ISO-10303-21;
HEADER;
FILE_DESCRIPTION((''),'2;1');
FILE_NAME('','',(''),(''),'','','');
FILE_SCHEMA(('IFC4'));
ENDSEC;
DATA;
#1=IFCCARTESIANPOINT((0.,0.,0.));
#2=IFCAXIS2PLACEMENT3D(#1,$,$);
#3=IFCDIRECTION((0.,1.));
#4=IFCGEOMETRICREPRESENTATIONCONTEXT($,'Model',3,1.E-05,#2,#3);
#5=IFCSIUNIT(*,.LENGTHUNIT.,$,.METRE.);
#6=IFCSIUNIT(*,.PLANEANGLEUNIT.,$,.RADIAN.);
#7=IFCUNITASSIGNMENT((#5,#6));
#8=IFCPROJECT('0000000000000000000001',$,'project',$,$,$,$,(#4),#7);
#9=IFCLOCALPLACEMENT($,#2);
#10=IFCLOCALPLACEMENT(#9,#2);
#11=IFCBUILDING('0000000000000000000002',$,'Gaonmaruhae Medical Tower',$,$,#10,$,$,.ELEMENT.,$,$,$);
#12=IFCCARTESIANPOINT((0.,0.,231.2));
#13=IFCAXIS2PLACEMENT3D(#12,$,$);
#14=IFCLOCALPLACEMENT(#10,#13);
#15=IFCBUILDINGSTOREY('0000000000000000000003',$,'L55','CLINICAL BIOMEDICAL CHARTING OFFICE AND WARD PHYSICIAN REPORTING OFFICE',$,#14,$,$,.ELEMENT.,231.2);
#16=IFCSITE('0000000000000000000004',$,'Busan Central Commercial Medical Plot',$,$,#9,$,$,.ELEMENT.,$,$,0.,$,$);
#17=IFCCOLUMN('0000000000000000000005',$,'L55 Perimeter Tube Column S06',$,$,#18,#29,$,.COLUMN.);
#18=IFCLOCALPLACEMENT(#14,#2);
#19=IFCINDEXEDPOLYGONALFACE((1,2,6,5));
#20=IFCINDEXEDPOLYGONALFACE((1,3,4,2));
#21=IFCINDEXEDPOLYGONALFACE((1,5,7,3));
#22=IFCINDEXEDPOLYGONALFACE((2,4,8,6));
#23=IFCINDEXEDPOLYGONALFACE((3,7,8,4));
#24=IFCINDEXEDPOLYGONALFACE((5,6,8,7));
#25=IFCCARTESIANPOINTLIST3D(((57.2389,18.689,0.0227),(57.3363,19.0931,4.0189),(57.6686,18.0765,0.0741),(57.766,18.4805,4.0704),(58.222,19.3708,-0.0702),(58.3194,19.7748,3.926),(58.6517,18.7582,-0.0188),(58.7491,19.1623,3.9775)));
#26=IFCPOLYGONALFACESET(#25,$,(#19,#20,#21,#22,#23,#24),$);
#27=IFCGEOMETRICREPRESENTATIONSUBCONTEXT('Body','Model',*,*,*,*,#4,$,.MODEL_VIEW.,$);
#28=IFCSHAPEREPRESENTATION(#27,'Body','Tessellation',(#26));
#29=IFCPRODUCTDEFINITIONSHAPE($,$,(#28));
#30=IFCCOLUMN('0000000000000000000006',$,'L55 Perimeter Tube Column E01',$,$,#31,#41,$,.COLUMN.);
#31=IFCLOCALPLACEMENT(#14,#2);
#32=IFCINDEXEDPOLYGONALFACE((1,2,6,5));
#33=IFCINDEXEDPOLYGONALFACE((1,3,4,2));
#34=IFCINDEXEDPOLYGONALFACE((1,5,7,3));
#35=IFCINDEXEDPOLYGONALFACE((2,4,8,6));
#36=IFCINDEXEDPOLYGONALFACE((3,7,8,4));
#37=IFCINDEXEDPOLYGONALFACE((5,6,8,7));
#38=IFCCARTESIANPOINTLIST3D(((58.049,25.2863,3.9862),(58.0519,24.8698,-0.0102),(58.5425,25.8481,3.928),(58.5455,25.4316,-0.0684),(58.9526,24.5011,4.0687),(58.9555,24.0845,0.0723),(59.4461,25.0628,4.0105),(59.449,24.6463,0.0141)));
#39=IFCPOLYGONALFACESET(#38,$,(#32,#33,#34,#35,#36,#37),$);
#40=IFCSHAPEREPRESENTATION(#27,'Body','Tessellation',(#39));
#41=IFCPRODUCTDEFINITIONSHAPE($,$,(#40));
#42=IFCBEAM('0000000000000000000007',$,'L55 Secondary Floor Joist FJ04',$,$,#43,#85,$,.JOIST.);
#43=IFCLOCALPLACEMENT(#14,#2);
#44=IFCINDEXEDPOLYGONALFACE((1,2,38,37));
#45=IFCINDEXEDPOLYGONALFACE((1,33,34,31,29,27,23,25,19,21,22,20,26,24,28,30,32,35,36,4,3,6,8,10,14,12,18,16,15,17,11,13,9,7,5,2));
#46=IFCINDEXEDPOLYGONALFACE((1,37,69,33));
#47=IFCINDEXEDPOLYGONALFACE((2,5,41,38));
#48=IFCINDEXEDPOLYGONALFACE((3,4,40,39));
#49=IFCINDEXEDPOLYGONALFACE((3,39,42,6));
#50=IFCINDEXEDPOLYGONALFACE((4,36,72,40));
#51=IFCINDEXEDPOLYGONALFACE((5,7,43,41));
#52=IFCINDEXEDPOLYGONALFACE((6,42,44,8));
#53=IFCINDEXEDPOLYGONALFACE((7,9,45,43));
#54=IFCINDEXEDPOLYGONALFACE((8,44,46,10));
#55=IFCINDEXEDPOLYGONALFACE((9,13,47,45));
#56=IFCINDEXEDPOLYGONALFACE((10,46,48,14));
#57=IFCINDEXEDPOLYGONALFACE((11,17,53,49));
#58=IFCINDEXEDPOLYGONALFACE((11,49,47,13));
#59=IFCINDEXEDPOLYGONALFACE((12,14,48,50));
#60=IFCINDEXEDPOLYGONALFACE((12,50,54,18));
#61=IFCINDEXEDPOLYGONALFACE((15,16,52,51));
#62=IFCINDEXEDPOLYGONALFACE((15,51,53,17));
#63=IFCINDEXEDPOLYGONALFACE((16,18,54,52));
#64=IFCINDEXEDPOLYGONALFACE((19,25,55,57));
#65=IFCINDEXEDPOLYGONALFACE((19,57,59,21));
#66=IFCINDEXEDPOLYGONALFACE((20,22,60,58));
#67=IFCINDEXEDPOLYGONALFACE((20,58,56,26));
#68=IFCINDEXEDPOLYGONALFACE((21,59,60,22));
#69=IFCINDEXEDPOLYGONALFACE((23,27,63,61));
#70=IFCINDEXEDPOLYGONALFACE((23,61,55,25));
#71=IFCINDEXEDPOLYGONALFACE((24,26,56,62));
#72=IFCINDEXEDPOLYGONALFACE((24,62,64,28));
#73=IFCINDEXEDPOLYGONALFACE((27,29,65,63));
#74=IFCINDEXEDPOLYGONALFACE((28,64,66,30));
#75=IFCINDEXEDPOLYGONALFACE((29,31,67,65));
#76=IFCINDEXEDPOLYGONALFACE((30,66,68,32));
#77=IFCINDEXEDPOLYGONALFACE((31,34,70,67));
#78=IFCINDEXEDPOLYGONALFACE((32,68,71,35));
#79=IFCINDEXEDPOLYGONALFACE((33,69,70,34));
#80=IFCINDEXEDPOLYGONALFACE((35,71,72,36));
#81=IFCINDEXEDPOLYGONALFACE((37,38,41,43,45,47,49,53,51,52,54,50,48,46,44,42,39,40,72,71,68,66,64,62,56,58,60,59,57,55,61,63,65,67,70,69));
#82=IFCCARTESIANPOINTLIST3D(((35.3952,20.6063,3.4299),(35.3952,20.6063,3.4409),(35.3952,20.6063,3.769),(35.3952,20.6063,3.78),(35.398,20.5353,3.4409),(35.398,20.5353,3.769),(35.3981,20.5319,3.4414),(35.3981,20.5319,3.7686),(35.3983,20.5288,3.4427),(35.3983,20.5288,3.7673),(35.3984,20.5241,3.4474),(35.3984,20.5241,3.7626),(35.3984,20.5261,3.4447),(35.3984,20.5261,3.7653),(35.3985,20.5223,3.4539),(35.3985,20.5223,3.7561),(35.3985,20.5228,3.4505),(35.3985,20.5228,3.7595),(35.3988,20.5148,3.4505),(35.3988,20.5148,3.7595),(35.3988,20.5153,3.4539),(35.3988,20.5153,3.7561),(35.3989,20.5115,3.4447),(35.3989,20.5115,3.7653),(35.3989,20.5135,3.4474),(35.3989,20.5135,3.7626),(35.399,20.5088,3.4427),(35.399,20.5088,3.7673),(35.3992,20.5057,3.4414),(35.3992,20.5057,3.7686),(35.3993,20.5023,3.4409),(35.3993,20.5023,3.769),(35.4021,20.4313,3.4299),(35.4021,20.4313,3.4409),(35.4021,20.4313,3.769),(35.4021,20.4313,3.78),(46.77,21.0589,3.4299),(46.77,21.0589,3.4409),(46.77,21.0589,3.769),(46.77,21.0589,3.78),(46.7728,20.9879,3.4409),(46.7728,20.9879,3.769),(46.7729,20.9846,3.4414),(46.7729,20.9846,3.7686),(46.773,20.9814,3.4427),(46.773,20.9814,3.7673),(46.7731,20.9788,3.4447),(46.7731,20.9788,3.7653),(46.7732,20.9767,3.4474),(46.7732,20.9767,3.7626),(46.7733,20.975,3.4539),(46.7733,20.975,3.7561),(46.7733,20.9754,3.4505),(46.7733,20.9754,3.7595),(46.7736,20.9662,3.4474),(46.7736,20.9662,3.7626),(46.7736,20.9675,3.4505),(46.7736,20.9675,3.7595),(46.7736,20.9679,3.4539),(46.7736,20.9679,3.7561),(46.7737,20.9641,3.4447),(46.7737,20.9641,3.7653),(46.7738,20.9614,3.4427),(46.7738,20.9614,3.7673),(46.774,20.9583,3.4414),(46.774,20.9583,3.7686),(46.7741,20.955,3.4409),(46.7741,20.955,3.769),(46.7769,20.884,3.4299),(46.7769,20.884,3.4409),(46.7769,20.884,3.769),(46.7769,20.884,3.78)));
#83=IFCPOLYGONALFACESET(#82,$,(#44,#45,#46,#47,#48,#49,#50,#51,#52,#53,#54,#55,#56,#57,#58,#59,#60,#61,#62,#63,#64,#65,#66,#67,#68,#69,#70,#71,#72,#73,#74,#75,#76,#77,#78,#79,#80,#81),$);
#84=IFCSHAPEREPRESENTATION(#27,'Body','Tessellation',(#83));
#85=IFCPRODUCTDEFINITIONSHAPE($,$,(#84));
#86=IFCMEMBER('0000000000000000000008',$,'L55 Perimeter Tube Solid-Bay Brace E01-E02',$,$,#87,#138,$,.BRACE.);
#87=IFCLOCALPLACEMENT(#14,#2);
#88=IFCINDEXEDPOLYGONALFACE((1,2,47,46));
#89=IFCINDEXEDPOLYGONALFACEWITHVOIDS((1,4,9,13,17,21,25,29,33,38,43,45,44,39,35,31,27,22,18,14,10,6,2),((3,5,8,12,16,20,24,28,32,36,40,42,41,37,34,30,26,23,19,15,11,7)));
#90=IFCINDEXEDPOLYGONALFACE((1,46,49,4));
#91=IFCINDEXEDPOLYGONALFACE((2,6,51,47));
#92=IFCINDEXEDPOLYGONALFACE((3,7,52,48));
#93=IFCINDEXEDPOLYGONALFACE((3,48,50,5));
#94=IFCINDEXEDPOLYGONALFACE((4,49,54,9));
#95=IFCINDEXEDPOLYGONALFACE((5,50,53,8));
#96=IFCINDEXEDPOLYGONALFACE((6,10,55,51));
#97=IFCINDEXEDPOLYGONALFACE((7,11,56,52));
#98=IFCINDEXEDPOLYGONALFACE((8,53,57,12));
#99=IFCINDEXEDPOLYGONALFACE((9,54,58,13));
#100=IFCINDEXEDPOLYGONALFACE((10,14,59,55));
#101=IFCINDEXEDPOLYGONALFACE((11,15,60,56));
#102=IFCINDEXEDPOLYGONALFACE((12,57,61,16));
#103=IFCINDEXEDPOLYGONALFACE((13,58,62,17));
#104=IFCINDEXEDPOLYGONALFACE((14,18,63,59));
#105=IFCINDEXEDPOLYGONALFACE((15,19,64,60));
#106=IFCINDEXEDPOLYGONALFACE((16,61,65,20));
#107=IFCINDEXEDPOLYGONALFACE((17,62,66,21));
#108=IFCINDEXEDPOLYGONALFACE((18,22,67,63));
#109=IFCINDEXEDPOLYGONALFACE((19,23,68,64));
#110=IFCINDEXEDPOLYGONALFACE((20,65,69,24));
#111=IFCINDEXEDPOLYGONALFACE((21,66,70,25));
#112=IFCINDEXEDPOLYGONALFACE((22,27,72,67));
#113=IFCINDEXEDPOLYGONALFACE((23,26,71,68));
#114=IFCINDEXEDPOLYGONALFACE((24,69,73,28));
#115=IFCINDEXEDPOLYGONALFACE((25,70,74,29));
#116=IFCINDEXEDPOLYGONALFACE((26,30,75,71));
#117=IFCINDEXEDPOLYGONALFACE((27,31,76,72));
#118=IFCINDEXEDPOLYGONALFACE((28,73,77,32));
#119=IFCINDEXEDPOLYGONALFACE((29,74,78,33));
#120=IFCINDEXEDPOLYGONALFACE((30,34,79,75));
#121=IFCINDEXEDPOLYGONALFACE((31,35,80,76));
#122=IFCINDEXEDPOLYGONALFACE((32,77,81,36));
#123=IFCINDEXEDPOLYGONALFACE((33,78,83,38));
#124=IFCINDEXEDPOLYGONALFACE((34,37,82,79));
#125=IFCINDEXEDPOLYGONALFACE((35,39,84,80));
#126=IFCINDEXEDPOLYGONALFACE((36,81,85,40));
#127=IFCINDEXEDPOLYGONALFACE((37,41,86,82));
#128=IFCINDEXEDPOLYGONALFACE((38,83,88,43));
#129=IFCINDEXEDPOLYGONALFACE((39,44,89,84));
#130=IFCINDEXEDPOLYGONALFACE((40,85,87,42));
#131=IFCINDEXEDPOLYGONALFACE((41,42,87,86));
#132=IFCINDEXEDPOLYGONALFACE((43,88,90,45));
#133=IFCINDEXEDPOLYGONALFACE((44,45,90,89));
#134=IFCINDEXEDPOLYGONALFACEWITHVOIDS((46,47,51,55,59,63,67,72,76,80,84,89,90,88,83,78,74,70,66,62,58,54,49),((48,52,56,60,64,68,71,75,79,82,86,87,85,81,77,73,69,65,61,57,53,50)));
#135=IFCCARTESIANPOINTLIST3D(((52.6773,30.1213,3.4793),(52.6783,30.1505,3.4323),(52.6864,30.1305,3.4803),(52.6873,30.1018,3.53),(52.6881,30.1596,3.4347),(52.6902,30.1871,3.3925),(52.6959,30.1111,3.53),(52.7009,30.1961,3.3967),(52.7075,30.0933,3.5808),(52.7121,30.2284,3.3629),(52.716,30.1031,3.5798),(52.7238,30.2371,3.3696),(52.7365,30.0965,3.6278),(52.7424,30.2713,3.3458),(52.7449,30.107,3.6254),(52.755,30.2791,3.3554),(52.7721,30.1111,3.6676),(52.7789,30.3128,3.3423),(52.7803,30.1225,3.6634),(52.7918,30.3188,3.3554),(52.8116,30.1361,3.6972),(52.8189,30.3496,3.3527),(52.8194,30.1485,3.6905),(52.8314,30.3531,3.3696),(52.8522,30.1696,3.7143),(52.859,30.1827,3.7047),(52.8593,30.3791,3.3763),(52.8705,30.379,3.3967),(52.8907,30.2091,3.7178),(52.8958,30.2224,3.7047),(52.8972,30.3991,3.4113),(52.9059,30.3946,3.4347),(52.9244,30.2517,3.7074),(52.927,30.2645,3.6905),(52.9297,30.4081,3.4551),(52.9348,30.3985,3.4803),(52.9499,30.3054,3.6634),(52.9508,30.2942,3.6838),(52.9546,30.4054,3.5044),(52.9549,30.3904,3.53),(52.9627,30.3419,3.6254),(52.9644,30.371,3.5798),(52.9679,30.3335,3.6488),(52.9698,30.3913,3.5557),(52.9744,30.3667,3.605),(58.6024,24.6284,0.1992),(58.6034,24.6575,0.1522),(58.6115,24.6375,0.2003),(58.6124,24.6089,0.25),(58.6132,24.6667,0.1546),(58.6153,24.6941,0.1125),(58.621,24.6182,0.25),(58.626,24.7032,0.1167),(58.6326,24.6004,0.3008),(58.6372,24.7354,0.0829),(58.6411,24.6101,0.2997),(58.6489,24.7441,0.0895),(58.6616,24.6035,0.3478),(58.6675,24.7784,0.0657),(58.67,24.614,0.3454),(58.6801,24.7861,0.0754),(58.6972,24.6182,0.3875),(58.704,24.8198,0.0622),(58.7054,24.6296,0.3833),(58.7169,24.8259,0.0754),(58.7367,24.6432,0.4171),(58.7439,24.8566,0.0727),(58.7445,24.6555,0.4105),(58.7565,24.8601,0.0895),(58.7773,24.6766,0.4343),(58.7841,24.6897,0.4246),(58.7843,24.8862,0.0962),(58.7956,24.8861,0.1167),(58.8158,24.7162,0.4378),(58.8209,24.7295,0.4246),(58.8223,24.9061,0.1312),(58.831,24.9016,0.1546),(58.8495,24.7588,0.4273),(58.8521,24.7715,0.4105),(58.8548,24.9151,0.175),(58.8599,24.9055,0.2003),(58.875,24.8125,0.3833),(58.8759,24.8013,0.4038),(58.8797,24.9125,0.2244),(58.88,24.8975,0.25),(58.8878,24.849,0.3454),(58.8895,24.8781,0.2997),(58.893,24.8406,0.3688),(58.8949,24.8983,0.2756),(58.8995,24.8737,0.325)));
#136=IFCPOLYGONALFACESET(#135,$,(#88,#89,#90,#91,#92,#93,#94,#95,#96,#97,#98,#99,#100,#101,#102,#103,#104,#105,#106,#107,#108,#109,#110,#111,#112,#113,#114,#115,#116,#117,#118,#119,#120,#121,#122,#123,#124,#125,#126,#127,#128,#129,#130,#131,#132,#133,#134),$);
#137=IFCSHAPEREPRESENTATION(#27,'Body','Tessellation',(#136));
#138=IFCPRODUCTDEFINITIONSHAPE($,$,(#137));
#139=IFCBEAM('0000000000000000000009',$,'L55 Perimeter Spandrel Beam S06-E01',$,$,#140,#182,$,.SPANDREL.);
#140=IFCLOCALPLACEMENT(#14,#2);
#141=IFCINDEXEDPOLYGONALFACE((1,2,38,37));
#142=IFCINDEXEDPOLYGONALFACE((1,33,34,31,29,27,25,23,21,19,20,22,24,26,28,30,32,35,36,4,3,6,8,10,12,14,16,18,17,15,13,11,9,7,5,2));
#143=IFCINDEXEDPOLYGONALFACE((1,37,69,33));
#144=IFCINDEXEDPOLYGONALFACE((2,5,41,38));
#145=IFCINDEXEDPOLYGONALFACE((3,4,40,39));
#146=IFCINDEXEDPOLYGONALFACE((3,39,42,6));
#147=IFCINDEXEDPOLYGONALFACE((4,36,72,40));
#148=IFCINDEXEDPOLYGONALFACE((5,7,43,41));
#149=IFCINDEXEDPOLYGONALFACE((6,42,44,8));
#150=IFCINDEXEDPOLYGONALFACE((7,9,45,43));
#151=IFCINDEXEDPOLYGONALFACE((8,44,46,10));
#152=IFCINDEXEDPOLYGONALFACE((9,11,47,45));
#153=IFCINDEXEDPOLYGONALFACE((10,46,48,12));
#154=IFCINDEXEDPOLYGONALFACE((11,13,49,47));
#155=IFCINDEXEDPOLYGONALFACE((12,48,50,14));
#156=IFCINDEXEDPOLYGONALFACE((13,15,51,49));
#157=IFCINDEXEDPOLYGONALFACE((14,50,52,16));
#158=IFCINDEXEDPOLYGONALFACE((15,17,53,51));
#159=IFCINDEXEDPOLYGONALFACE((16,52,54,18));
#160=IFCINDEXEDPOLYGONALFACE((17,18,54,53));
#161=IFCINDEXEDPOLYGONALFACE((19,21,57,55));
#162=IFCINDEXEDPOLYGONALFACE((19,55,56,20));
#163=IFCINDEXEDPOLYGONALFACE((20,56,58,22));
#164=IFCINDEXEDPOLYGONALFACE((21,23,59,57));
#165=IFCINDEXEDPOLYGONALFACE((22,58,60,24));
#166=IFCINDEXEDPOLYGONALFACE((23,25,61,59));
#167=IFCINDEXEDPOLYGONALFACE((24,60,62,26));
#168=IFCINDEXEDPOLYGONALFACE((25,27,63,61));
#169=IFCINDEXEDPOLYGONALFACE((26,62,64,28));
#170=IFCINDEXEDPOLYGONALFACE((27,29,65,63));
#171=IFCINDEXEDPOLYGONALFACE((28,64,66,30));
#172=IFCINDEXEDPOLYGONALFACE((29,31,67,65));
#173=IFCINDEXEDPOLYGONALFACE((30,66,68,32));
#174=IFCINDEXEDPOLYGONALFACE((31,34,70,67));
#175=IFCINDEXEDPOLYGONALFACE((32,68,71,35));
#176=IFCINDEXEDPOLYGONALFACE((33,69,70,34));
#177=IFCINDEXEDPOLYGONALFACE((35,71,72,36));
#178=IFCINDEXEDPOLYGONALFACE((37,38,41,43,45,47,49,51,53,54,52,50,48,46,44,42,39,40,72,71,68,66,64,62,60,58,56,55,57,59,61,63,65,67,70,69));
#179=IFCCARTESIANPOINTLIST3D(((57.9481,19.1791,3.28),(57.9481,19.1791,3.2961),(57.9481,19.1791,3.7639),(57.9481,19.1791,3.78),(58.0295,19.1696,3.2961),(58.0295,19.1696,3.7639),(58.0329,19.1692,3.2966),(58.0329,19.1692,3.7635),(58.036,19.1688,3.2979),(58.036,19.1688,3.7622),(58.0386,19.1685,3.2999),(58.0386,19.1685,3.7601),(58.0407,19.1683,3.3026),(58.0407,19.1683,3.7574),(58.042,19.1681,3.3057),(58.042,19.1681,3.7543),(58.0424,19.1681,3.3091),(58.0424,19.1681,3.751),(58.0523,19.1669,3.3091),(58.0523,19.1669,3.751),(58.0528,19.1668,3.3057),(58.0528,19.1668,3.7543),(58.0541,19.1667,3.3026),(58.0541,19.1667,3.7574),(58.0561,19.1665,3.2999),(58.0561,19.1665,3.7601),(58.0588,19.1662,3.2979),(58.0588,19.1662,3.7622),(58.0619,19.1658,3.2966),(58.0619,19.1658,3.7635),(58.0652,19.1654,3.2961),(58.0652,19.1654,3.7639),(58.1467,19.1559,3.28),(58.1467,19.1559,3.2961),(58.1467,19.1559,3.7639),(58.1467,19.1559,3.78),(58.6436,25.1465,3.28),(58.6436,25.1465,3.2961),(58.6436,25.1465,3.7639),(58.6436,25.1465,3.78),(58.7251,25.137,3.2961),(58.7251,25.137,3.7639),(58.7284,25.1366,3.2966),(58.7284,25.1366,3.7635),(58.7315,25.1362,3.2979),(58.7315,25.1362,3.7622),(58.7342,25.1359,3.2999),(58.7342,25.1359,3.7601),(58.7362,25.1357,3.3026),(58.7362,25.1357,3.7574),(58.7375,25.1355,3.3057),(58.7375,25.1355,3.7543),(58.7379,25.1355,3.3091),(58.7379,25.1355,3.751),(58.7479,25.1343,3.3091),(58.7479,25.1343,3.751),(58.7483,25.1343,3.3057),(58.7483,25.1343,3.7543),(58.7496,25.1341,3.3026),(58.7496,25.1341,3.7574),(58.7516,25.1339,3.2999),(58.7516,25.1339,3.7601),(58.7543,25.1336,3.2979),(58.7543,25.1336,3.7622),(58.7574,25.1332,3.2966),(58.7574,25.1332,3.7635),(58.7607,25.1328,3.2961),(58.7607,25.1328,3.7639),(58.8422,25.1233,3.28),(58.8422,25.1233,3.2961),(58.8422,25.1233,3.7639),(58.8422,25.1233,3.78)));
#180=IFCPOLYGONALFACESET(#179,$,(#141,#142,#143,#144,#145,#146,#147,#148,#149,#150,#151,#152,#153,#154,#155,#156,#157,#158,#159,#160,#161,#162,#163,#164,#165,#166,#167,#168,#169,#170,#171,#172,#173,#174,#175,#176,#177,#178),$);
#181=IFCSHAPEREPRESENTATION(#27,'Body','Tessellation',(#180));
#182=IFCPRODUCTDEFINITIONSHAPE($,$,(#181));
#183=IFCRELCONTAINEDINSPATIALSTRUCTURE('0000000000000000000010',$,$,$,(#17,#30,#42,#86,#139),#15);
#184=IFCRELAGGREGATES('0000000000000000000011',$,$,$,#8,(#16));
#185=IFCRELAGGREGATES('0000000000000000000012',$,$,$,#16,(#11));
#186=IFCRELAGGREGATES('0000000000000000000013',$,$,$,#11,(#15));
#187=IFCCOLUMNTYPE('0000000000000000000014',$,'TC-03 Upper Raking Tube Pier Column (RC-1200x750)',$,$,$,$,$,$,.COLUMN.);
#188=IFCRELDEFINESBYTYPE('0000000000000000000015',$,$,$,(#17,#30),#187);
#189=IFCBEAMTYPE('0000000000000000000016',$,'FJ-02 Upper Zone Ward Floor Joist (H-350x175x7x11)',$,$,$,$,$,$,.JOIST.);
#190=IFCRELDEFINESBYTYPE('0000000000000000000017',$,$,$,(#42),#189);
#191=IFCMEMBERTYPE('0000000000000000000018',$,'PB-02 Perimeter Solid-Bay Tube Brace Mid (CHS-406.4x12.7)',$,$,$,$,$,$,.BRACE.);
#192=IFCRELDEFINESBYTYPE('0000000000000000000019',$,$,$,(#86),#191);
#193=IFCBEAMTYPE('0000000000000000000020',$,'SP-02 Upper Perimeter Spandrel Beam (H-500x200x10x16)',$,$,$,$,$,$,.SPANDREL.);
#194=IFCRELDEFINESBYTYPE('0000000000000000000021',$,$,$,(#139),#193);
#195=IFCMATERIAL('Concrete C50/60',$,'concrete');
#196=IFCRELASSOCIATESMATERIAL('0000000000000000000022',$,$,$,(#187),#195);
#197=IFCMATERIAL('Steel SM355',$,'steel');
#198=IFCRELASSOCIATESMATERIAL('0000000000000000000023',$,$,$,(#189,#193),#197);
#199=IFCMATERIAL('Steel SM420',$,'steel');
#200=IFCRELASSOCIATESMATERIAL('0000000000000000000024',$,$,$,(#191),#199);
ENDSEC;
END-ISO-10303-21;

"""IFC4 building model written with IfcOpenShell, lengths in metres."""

from ifc_helpers import new_model, si_unit, direction, frame, origin, origin_2d, place, context, subcontext, project, spatial, rectangle, hollow_circle, i_section, extrude, material, material_profile, profile_set, type_object, element, save


model = new_model("IFC4")

# Units and contexts
model_context = context("Model", 3, precision=1e-05, world=origin(), true_north=direction((0.0, 1.0)))
body_context = subcontext(model_context, "Body", "Model", "MODEL_VIEW")
ifc_project = project(units=[si_unit("LENGTHUNIT", "METRE"), si_unit("PLANEANGLEUNIT", "RADIAN")], contexts=[model_context])

# Site, building, storey
site_placement = place(None, origin())
site = spatial("IfcSite", under=ifc_project, at=site_placement, Name="Busan Central Commercial Medical Plot", CompositionType="ELEMENT", RefElevation=0.0)
building_placement = place(site_placement, origin())
building = spatial("IfcBuilding", under=site, at=building_placement, Name="Gaonmaruhae Medical Tower", CompositionType="ELEMENT")
storey_placement = place(building_placement, frame((0.0, 0.0, 231.2)))
storey = spatial("IfcBuildingStorey", under=building, at=storey_placement, Name="L55", Description="CLINICAL BIOMEDICAL CHARTING OFFICE AND WARD PHYSICIAN REPORTING OFFICE", CompositionType="ELEMENT", Elevation=231.2)

# Columns
ifc_material_1 = material(Name="Concrete C50/60", Category="concrete")
ifc_material_profile_1 = material_profile(ifc_material_1, rectangle(XDim=1.2, YDim=0.75, at=origin_2d()), Name="RC-1200x750")
ifc_profile_set_1 = profile_set([ifc_material_profile_1], Name="Concrete C50/60")
column_type = type_object("IfcColumnType", Name="TC-03 Upper Raking Tube Pier Column (RC-1200x750)", PredefinedType="COLUMN", material=ifc_profile_set_1)
column_1_placement = place(storey_placement, frame((57.9453, 18.7236, 0.002), z_axis=(0.024245, 0.100563, 0.994635), x_axis=(-0.819257, -0.568176, 0.077416)))
element("IfcColumn", 1, at=column_1_placement, inside=storey, type_object=column_type, Name="L55 Perimeter Tube Column S06", PredefinedType="COLUMN", context=body_context, shape_type="SweptSolid", body=[
    extrude(rectangle(XDim=1.2, YDim=0.75, at=origin_2d()), origin(), (0.0, 0.0, 1.0), 4.0178),
])
column_2_placement = place(storey_placement, frame((58.7505, 24.7581, 0.002), z_axis=(-0.000729, 0.10366, 0.994613), x_axis=(0.752999, -0.65442, 0.068757)))
element("IfcColumn", 2, at=column_2_placement, inside=storey, type_object=column_type, Name="L55 Perimeter Tube Column E01", PredefinedType="COLUMN", context=body_context, shape_type="SweptSolid", body=[
    extrude(rectangle(XDim=1.2, YDim=0.75, at=origin_2d()), origin(), (0.0, 0.0, 1.0), 4.0181),
])

# Beam
ifc_material_2 = material(Name="Steel SM355", Category="steel")
ifc_material_profile_2 = material_profile(ifc_material_2, i_section(OverallWidth=0.175, OverallDepth=0.3501, WebThickness=0.0071, FlangeThickness=0.011, FilletRadius=0.0129, at=origin_2d()), Name="H-350x175x7x11")
ifc_profile_set_2 = profile_set([ifc_material_profile_2], Name="Steel SM355")
beam_type_1 = type_object("IfcBeamType", Name="FJ-02 Upper Zone Ward Floor Joist (H-350x175x7x11)", PredefinedType="JOIST", material=ifc_profile_set_2)
beam_1_placement = place(storey_placement, frame((46.7734, 20.9714, 3.605), z_axis=(-0.999209, -0.039762, 0.0), x_axis=(0.039762, -0.999209, 0.0)))
element("IfcBeam", 3, at=beam_1_placement, inside=storey, type_object=beam_type_1, Name="L55 Secondary Floor Joist FJ04", PredefinedType="JOIST", context=body_context, shape_type="SweptSolid", body=[
    extrude(i_section(OverallWidth=0.175, OverallDepth=0.3501, WebThickness=0.0071, FlangeThickness=0.011, FilletRadius=0.0129, at=origin_2d()), origin(), (0.0, 0.0, 1.0), 11.3838),
])

# Member
ifc_material_3 = material(Name="Steel SM420", Category="steel")
ifc_material_profile_3 = material_profile(ifc_material_3, hollow_circle(Radius=0.2031, WallThickness=0.0127, at=origin_2d()), Name="CHS-406.4x12.7")
ifc_profile_set_3 = profile_set([ifc_material_profile_3], Name="Steel SM420")
member_type = type_object("IfcMemberType", Name="PB-02 Perimeter Solid-Bay Tube Brace Mid (CHS-406.4x12.7)", PredefinedType="BRACE", material=ifc_profile_set_3)
member_placement = place(storey_placement, frame((58.7505, 24.7578, 0.25), z_axis=(-0.679484, 0.629928, 0.376154), x_axis=(-0.679859, -0.733343, 0.0)))
element("IfcMember", 4, at=member_placement, inside=storey, type_object=member_type, Name="L55 Perimeter Tube Solid-Bay Brace E01-E02", PredefinedType="BRACE", context=body_context, shape_type="SweptSolid", body=[
    extrude(hollow_circle(Radius=0.2031, WallThickness=0.0127, at=origin_2d()), origin(), (0.0, 0.0, 1.0), 8.72),
])

# Beam
ifc_material_profile_4 = material_profile(ifc_material_2, i_section(OverallWidth=0.2, OverallDepth=0.5, WebThickness=0.01, FlangeThickness=0.0161, FilletRadius=0.0129, at=origin_2d()), Name="H-500x200x10x16")
ifc_profile_set_4 = profile_set([ifc_material_profile_4], Name="Steel SM355")
beam_type_2 = type_object("IfcBeamType", Name="SP-02 Upper Perimeter Spandrel Beam (H-500x200x10x16)", PredefinedType="SPANDREL", material=ifc_profile_set_4)
beam_2_placement = place(storey_placement, frame((58.0474, 19.1675, 3.53), z_axis=(0.115773, 0.993276, 0.0), x_axis=(-0.993276, 0.115773, 0.0)))
element("IfcBeam", 5, at=beam_2_placement, inside=storey, type_object=beam_type_2, Name="L55 Perimeter Spandrel Beam S06-E01", PredefinedType="SPANDREL", context=body_context, shape_type="SweptSolid", body=[
    extrude(i_section(OverallWidth=0.2, OverallDepth=0.5, WebThickness=0.01, FlangeThickness=0.0161, FilletRadius=0.0129, at=origin_2d()), origin(), (0.0, 0.0, 1.0), 6.0078),
])

save(model, "model.ifc")
